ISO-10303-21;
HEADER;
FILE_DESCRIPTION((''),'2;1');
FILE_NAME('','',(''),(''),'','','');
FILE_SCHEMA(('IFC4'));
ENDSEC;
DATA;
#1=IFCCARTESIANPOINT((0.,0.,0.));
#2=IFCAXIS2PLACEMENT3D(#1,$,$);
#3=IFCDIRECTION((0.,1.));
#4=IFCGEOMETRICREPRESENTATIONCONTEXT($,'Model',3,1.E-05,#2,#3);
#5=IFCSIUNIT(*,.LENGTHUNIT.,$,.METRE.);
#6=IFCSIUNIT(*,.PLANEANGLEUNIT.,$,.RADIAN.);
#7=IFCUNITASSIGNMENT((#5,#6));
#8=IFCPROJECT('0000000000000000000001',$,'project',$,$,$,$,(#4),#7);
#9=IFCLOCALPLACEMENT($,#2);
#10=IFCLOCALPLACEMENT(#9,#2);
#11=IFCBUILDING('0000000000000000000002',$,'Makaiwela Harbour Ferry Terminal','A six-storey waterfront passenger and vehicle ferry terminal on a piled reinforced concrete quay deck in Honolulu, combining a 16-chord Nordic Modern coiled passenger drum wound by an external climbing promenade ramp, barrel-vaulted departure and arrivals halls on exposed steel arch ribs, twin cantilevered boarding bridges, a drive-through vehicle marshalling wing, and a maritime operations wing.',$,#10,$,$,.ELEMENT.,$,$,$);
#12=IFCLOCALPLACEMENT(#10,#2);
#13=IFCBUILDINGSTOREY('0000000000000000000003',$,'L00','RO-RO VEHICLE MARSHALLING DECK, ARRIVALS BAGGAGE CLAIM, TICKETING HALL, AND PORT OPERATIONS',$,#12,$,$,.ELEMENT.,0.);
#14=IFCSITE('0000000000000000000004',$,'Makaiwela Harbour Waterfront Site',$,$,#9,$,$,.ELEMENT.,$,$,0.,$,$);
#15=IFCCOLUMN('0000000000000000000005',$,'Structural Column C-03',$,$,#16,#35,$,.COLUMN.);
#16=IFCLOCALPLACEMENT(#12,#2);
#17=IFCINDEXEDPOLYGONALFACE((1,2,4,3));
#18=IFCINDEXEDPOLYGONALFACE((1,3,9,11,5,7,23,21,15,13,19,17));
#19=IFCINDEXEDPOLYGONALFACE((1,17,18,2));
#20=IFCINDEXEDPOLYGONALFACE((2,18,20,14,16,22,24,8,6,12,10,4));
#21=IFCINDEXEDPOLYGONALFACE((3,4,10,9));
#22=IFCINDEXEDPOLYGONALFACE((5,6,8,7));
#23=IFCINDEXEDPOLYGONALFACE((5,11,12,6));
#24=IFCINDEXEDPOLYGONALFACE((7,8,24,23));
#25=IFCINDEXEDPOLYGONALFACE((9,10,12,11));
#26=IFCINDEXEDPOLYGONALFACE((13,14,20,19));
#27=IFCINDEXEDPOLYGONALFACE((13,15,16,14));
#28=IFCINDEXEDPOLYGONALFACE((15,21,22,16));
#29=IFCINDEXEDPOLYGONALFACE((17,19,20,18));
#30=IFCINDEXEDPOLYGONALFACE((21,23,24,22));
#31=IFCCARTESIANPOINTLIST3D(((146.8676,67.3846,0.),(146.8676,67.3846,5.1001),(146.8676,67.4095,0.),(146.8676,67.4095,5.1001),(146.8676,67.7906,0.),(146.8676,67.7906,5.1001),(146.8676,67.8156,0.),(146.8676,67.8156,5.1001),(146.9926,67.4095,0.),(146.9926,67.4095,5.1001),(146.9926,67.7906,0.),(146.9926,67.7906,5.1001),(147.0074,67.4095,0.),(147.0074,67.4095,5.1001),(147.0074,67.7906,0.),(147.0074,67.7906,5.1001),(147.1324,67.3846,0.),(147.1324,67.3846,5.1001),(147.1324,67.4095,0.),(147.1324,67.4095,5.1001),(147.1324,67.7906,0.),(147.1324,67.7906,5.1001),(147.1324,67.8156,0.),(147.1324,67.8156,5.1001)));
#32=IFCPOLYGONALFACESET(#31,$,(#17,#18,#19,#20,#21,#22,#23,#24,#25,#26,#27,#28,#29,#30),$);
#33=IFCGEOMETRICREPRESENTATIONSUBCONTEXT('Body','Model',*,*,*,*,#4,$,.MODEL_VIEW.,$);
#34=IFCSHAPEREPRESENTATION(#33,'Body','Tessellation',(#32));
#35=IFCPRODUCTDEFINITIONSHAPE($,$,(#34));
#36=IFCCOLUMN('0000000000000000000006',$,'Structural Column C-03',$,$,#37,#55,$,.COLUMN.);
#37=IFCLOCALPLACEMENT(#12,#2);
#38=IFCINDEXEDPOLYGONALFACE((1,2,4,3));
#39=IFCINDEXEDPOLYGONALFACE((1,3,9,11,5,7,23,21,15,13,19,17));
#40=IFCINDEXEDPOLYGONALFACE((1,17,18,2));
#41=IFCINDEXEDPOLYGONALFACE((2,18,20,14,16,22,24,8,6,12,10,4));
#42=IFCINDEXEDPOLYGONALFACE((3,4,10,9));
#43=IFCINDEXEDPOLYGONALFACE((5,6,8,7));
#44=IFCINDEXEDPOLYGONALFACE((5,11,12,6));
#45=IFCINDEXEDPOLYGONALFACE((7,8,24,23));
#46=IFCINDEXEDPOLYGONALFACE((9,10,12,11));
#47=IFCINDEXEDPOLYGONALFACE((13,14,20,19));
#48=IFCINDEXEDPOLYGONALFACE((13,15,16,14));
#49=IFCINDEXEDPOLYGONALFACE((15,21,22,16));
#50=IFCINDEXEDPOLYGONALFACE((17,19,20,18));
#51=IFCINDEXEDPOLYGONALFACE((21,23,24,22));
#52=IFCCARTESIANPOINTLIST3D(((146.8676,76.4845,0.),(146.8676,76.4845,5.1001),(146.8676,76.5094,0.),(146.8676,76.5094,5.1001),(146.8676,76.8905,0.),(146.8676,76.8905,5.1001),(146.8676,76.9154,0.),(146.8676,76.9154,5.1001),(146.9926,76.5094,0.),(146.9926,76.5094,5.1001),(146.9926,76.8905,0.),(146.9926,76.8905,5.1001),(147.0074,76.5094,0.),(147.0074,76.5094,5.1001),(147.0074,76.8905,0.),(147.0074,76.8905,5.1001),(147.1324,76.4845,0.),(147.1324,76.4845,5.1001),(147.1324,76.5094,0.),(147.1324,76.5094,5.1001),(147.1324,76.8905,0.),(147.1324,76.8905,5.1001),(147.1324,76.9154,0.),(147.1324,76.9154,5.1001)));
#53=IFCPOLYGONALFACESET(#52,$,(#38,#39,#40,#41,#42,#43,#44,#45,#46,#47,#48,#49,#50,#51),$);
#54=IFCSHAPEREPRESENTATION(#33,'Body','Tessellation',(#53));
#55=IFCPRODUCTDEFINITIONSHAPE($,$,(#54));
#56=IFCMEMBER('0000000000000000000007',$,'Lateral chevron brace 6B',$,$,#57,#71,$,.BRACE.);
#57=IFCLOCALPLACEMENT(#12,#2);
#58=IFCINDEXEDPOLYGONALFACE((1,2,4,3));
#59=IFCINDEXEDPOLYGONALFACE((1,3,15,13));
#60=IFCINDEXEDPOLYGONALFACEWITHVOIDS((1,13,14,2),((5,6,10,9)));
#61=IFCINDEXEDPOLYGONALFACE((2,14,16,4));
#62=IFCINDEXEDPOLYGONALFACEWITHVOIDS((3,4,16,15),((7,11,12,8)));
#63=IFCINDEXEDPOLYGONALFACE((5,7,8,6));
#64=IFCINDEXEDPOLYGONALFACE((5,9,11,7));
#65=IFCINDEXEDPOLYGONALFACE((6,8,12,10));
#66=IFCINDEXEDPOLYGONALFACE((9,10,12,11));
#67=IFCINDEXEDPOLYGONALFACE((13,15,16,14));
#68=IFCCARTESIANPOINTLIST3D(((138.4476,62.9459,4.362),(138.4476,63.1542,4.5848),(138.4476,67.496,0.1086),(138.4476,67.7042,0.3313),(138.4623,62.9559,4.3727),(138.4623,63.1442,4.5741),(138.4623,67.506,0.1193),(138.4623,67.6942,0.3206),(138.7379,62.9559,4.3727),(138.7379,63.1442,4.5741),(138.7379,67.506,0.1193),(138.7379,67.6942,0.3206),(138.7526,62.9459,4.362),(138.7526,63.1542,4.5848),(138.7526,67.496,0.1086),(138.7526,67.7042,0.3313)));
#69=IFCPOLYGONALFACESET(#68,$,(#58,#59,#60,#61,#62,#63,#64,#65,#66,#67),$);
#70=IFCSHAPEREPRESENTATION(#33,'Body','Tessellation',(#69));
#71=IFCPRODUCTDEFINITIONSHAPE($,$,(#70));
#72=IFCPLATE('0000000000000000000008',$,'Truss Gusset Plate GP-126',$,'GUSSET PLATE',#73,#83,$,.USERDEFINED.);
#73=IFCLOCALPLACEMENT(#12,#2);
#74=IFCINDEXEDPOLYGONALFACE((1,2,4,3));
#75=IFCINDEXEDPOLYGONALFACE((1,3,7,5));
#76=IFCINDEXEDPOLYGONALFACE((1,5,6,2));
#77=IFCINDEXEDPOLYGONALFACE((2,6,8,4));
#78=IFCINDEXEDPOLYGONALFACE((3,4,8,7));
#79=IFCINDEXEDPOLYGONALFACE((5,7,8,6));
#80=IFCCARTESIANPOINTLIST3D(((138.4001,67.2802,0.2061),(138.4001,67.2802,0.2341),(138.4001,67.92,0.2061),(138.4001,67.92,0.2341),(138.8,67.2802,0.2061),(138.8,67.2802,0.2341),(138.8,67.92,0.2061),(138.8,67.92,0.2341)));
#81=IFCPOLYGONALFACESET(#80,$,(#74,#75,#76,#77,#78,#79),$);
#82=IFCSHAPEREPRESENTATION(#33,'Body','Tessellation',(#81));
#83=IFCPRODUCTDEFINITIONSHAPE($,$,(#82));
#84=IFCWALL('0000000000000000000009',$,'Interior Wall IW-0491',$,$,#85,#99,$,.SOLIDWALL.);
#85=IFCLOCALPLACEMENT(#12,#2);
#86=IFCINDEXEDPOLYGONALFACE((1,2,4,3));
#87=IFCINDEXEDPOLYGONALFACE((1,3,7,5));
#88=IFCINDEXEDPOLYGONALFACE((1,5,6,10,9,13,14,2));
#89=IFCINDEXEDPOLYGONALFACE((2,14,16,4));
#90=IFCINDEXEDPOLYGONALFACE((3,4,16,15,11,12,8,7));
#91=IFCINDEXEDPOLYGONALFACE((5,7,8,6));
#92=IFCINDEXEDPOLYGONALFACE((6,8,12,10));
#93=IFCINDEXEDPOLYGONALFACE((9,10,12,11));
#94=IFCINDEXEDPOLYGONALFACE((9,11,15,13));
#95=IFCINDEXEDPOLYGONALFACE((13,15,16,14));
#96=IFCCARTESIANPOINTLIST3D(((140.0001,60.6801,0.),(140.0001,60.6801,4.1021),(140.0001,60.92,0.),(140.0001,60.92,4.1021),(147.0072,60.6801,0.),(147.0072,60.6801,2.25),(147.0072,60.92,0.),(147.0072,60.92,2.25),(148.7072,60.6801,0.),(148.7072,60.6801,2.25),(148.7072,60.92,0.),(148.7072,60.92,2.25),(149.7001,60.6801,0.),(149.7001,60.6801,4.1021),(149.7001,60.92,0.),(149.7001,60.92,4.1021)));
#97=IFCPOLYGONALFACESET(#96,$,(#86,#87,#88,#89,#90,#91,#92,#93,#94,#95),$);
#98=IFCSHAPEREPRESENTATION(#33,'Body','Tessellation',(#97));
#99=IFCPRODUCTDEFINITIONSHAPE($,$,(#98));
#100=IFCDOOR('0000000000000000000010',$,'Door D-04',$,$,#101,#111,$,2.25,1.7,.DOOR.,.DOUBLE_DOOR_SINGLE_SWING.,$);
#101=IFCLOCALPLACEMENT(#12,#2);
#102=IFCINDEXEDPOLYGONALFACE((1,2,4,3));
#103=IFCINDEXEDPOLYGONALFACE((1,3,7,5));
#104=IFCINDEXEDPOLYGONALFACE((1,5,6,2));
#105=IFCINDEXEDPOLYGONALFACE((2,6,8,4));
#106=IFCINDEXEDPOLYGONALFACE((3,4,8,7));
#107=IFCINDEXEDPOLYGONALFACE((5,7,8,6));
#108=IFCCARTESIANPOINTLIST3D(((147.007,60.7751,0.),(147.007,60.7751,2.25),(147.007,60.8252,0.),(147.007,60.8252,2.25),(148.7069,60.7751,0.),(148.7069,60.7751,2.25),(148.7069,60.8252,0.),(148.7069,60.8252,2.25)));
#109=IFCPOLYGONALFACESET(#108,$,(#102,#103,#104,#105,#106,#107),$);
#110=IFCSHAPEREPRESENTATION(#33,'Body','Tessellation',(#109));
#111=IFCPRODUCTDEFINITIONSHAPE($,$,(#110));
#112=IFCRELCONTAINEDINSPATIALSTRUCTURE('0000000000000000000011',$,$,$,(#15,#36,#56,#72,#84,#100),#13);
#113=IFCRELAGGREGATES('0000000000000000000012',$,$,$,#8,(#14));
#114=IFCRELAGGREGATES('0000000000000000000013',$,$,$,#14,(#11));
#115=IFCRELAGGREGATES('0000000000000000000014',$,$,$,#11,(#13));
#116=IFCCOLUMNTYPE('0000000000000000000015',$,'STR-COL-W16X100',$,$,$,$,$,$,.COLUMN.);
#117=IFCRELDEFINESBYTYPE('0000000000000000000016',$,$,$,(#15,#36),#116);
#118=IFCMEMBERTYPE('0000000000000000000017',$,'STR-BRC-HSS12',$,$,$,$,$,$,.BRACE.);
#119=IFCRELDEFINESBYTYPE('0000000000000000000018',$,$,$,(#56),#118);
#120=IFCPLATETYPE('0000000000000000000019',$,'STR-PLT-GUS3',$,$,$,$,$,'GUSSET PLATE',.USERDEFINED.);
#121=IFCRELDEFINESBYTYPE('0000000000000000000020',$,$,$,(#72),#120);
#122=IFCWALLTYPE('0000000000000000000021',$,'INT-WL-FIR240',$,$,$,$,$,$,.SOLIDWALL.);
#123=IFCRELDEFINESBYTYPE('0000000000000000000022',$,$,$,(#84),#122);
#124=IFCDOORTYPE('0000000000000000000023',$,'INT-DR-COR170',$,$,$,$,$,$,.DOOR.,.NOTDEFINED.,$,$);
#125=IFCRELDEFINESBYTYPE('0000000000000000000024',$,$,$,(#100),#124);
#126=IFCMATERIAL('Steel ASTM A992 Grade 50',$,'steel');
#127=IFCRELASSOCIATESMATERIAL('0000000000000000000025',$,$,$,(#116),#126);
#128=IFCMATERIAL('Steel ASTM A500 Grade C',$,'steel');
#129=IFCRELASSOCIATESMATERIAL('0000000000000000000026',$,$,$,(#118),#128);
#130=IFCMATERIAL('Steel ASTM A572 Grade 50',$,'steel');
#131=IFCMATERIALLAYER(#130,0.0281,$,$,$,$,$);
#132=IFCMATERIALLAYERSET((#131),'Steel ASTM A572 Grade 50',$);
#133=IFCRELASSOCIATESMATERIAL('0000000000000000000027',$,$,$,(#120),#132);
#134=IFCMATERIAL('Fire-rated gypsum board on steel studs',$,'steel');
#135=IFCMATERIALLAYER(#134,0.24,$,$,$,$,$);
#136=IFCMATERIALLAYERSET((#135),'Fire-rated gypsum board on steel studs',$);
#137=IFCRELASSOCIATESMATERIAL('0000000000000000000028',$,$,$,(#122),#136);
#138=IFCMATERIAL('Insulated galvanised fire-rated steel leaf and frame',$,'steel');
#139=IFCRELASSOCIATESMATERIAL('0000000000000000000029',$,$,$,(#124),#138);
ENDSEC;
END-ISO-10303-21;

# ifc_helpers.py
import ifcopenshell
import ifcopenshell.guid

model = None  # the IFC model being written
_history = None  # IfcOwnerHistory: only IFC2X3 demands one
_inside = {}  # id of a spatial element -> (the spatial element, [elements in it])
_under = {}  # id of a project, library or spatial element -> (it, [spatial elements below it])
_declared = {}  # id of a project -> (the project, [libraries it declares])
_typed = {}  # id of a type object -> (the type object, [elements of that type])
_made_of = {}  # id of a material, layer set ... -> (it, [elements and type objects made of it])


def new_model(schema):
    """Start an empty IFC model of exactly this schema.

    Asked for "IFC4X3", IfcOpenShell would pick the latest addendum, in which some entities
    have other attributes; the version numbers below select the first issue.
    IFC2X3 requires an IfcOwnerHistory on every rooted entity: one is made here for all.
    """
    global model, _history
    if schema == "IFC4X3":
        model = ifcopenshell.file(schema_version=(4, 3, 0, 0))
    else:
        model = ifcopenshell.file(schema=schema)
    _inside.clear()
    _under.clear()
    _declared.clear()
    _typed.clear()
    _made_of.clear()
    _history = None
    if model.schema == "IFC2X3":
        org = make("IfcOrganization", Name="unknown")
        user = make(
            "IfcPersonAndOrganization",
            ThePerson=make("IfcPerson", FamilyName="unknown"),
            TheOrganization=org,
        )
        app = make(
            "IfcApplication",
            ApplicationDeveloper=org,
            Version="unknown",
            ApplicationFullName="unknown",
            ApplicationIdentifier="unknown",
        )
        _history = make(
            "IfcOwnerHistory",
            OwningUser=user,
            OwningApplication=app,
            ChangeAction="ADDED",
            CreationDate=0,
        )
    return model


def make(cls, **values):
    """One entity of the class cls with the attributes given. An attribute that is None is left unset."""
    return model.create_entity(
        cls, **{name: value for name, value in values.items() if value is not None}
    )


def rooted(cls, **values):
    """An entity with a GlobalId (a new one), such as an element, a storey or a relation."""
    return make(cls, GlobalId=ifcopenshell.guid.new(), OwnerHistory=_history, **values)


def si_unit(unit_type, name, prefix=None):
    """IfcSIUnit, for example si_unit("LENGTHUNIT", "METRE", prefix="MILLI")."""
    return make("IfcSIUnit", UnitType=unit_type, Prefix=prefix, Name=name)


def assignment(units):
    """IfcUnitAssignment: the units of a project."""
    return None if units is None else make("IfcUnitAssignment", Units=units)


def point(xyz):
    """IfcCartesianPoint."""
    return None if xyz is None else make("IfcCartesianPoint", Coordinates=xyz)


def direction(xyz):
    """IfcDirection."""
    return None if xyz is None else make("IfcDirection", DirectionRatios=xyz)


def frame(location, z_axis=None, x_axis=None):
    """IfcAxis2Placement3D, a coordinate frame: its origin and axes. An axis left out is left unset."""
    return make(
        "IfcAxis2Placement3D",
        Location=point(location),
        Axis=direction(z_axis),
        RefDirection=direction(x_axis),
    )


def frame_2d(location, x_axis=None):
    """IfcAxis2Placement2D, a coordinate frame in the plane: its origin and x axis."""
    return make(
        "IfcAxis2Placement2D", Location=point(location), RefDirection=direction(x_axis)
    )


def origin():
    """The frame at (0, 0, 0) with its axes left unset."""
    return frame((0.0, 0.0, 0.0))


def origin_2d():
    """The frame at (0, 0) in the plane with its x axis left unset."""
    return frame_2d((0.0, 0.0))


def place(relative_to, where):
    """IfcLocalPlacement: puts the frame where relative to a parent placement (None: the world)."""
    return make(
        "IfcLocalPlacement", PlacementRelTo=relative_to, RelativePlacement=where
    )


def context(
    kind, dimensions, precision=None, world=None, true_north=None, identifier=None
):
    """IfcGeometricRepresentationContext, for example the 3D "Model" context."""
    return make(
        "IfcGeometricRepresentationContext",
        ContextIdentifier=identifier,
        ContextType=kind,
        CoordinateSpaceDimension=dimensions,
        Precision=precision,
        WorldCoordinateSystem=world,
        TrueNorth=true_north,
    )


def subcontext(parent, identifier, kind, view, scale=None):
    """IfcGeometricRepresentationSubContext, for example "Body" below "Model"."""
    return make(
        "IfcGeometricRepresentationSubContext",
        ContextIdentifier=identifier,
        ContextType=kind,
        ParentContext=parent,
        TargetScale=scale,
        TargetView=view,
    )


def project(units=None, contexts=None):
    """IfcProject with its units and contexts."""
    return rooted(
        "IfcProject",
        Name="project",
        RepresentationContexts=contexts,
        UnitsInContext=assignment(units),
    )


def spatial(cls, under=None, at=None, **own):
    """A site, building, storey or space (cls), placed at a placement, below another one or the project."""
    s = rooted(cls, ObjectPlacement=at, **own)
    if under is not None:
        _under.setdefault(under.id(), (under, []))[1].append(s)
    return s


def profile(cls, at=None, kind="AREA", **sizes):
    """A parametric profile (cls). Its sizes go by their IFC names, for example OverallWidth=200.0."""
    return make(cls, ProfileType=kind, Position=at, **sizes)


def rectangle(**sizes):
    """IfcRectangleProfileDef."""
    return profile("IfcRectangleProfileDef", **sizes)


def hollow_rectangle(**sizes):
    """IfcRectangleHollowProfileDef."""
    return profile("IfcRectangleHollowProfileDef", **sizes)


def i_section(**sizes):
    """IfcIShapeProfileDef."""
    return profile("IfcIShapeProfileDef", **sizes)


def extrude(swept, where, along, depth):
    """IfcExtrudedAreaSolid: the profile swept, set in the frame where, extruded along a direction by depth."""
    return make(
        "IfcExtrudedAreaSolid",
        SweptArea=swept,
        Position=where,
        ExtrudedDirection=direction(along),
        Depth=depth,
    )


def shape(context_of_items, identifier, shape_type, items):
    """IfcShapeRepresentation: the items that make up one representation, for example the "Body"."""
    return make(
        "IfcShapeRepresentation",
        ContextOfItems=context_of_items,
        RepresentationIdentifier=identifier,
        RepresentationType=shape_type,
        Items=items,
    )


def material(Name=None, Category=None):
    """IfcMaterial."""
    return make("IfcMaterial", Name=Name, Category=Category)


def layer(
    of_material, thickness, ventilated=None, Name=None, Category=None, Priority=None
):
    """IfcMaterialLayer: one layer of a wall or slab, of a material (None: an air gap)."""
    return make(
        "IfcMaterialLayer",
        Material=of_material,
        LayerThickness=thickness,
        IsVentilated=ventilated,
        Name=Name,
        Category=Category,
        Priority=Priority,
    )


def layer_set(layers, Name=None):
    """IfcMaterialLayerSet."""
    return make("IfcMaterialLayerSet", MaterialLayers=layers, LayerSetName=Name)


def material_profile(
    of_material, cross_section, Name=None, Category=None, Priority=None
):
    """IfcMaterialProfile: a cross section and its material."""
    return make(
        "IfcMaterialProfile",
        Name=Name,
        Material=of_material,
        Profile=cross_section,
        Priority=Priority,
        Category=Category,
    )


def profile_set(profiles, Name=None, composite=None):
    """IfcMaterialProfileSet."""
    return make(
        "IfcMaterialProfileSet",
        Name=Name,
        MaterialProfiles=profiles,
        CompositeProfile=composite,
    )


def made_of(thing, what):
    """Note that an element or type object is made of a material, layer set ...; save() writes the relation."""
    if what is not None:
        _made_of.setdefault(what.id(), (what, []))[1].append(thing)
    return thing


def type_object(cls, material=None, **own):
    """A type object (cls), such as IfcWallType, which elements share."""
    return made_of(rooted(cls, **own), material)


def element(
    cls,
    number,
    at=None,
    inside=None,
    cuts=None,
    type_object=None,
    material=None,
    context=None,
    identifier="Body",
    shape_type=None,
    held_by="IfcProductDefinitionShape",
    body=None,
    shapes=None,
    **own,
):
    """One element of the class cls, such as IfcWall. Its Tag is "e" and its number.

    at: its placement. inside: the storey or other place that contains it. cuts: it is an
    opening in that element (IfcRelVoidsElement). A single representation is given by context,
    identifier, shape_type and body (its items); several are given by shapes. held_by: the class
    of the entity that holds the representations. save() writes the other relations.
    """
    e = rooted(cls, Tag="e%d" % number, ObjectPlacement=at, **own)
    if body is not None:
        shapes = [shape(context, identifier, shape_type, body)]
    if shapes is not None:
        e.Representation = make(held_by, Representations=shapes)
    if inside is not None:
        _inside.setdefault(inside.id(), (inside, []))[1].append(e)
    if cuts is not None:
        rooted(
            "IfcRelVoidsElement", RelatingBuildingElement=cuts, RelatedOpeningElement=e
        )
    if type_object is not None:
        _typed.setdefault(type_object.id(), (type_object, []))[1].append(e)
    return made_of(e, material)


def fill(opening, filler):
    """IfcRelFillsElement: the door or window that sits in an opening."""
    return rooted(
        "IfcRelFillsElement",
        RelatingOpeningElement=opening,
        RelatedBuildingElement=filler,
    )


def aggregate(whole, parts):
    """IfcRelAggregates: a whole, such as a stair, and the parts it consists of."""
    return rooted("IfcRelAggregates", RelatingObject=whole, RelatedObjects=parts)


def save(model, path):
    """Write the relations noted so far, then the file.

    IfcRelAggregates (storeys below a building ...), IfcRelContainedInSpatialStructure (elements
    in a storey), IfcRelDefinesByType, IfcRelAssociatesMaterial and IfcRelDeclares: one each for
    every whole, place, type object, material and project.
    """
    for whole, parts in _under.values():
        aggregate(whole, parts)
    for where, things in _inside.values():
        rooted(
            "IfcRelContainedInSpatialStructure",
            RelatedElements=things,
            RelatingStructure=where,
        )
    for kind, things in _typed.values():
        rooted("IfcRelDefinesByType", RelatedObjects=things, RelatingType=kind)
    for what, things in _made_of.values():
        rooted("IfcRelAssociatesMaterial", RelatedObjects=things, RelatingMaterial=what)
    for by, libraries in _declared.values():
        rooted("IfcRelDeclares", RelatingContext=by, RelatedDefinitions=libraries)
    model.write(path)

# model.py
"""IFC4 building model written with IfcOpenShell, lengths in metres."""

from ifc_helpers import new_model, si_unit, direction, frame, frame_2d, origin, origin_2d, place, context, subcontext, project, spatial, rectangle, hollow_rectangle, i_section, extrude, material, layer, layer_set, material_profile, profile_set, type_object, element, fill, save


model = new_model("IFC4")

# Units and contexts
model_context = context("Model", 3, precision=1e-05, world=origin(), true_north=direction((0.0, 1.0)))
body_context = subcontext(model_context, "Body", "Model", "MODEL_VIEW")
ifc_project = project(units=[si_unit("LENGTHUNIT", "METRE"), si_unit("PLANEANGLEUNIT", "RADIAN")], contexts=[model_context])

# Site, building, storey
site_placement = place(None, origin())
site = spatial("IfcSite", under=ifc_project, at=site_placement, Name="Makaiwela Harbour Waterfront Site", CompositionType="ELEMENT", RefElevation=0.0)
building_placement = place(site_placement, origin())
building = spatial("IfcBuilding", under=site, at=building_placement, Name="Makaiwela Harbour Ferry Terminal", Description="A six-storey waterfront passenger and vehicle ferry terminal on a piled reinforced concrete quay deck in Honolulu, combining a 16-chord Nordic Modern coiled passenger drum wound by an external climbing promenade ramp, barrel-vaulted departure and arrivals halls on exposed steel arch ribs, twin cantilevered boarding bridges, a drive-through vehicle marshalling wing, and a maritime operations wing.", CompositionType="ELEMENT")
storey_placement = place(building_placement, origin())
storey = spatial("IfcBuildingStorey", under=building, at=storey_placement, Name="L00", Description="RO-RO VEHICLE MARSHALLING DECK, ARRIVALS BAGGAGE CLAIM, TICKETING HALL, AND PORT OPERATIONS", CompositionType="ELEMENT", Elevation=0.0)

# Columns
ifc_material_1 = material(Name="Steel ASTM A992 Grade 50", Category="steel")
ifc_material_profile_1 = material_profile(ifc_material_1, i_section(OverallWidth=0.2649, OverallDepth=0.4309, WebThickness=0.0149, FlangeThickness=0.0249, at=origin_2d()), Name="W16X100")
ifc_profile_set_1 = profile_set([ifc_material_profile_1], Name="Steel ASTM A992 Grade 50")
column_type = type_object("IfcColumnType", Name="STR-COL-W16X100", PredefinedType="COLUMN", material=ifc_profile_set_1)
for number, where, z_axis, x_axis, name in (
    (1, (147.0, 67.6001, 0.0), (0.0, 0.0, 1.0), (1.0, 0.0, 0.0), "Structural Column C-03"),
    (2, (147.0, 76.7, 0.0), (0.0, 0.0, 1.0), (1.0, 0.0, 0.0), "Structural Column C-03"),
):
    element("IfcColumn", number, at=place(storey_placement, frame(where, z_axis=z_axis, x_axis=x_axis)), inside=storey, type_object=column_type, Name=name, PredefinedType="COLUMN", context=body_context, shape_type="SweptSolid", body=[
        extrude(i_section(OverallWidth=0.2649, OverallDepth=0.4309, WebThickness=0.0149, FlangeThickness=0.0249, at=origin_2d()), origin(), (0.0, 0.0, 1.0), 5.1001),
    ])

# Member
ifc_material_2 = material(Name="Steel ASTM A500 Grade C", Category="steel")
ifc_material_profile_2 = material_profile(ifc_material_2, hollow_rectangle(XDim=0.3049, YDim=0.3049, WallThickness=0.0146, at=origin_2d()), Name="HSS12X12X5/8")
ifc_profile_set_2 = profile_set([ifc_material_profile_2], Name="Steel ASTM A500 Grade C")
member_type = type_object("IfcMemberType", Name="STR-BRC-HSS12", PredefinedType="BRACE", material=ifc_profile_set_2)
member_placement = place(storey_placement, frame((138.6001, 67.6001, 0.22), z_axis=(0.0, -0.730518, 0.682893), x_axis=(1.0, 0.0, 0.0)))
element("IfcMember", 3, at=member_placement, inside=storey, type_object=member_type, Name="Lateral chevron brace 6B", PredefinedType="BRACE", context=body_context, shape_type="SweptSolid", body=[
    extrude(hollow_rectangle(XDim=0.3049, YDim=0.3049, WallThickness=0.0146, at=origin_2d()), origin(), (0.0, 0.0, 1.0), 6.2285),
])

# Plate
ifc_material_3 = material(Name="Steel ASTM A572 Grade 50", Category="steel")
ifc_layer_1 = layer(ifc_material_3, 0.0281)
ifc_layer_set_1 = layer_set([ifc_layer_1], Name="Steel ASTM A572 Grade 50")
plate_type = type_object("IfcPlateType", Name="STR-PLT-GUS3", ElementType="GUSSET PLATE", PredefinedType="USERDEFINED", material=ifc_layer_set_1)
plate_placement = place(storey_placement, frame((138.6001, 67.6001, 0.2061), z_axis=(0.0, 0.0, 1.0), x_axis=(0.0, 1.0, 0.0)))
element("IfcPlate", 4, at=plate_placement, inside=storey, type_object=plate_type, Name="Truss Gusset Plate GP-126", ObjectType="GUSSET PLATE", PredefinedType="USERDEFINED", context=body_context, shape_type="SweptSolid", body=[
    extrude(rectangle(XDim=0.6399, YDim=0.3999, at=origin_2d()), origin(), (0.0, 0.0, 1.0), 0.0281),
])

# Wall, opening, door
ifc_material_4 = material(Name="Fire-rated gypsum board on steel studs", Category="steel")
ifc_layer_2 = layer(ifc_material_4, 0.24)
ifc_layer_set_2 = layer_set([ifc_layer_2], Name="Fire-rated gypsum board on steel studs")
wall_type = type_object("IfcWallType", Name="INT-WL-FIR240", PredefinedType="SOLIDWALL", material=ifc_layer_set_2)
wall_placement = place(storey_placement, frame((140.0, 60.8, 0.0), z_axis=(0.0, 0.0, 1.0), x_axis=(1.0, 0.0, 0.0)))
wall = element("IfcWall", 5, at=wall_placement, inside=storey, type_object=wall_type, Name="Interior Wall IW-0491", PredefinedType="SOLIDWALL", context=body_context, shape_type="SweptSolid", body=[
    extrude(rectangle(XDim=9.7, YDim=0.24, at=frame_2d((4.8501, 0.0))), origin(), (0.0, 0.0, 1.0), 4.1021),
])
opening_placement = place(wall_placement, frame((7.0071, 0.0, 0.0)))
opening = element("IfcOpeningElement", 6, at=opening_placement, cuts=wall, PredefinedType="OPENING", context=body_context, shape_type="SweptSolid", body=[
    extrude(rectangle(XDim=1.7, YDim=2.25, at=frame_2d((0.8501, 1.125))), frame((0.0, 0.1299, 0.0), z_axis=(0.0, -1.0, 0.0), x_axis=(1.0, 0.0, 0.0)), (0.0, 0.0, 1.0), 0.26),
])
ifc_material_5 = material(Name="Insulated galvanised fire-rated steel leaf and frame", Category="steel")
door_type = type_object("IfcDoorType", Name="INT-DR-COR170", OperationType="NOTDEFINED", PredefinedType="DOOR", material=ifc_material_5)
door_placement = place(opening_placement, frame((1.7, 0.0, 0.0), z_axis=(0.0, 0.0, 1.0), x_axis=(-1.0, 0.0, 0.0)))
door = element("IfcDoor", 7, at=door_placement, inside=storey, type_object=door_type, Name="Door D-04", OperationType="DOUBLE_DOOR_SINGLE_SWING", OverallHeight=2.25, OverallWidth=1.7, PredefinedType="DOOR", context=body_context, shape_type="SweptSolid", body=[
    extrude(rectangle(XDim=1.7, YDim=2.25, at=frame_2d((0.8501, 1.125))), frame((0.0, 0.0249, 0.0), z_axis=(0.0, -1.0, 0.0), x_axis=(1.0, 0.0, 0.0)), (0.0, 0.0, 1.0), 0.05),
])
fill(opening, door)

save(model, "model.ifc")
